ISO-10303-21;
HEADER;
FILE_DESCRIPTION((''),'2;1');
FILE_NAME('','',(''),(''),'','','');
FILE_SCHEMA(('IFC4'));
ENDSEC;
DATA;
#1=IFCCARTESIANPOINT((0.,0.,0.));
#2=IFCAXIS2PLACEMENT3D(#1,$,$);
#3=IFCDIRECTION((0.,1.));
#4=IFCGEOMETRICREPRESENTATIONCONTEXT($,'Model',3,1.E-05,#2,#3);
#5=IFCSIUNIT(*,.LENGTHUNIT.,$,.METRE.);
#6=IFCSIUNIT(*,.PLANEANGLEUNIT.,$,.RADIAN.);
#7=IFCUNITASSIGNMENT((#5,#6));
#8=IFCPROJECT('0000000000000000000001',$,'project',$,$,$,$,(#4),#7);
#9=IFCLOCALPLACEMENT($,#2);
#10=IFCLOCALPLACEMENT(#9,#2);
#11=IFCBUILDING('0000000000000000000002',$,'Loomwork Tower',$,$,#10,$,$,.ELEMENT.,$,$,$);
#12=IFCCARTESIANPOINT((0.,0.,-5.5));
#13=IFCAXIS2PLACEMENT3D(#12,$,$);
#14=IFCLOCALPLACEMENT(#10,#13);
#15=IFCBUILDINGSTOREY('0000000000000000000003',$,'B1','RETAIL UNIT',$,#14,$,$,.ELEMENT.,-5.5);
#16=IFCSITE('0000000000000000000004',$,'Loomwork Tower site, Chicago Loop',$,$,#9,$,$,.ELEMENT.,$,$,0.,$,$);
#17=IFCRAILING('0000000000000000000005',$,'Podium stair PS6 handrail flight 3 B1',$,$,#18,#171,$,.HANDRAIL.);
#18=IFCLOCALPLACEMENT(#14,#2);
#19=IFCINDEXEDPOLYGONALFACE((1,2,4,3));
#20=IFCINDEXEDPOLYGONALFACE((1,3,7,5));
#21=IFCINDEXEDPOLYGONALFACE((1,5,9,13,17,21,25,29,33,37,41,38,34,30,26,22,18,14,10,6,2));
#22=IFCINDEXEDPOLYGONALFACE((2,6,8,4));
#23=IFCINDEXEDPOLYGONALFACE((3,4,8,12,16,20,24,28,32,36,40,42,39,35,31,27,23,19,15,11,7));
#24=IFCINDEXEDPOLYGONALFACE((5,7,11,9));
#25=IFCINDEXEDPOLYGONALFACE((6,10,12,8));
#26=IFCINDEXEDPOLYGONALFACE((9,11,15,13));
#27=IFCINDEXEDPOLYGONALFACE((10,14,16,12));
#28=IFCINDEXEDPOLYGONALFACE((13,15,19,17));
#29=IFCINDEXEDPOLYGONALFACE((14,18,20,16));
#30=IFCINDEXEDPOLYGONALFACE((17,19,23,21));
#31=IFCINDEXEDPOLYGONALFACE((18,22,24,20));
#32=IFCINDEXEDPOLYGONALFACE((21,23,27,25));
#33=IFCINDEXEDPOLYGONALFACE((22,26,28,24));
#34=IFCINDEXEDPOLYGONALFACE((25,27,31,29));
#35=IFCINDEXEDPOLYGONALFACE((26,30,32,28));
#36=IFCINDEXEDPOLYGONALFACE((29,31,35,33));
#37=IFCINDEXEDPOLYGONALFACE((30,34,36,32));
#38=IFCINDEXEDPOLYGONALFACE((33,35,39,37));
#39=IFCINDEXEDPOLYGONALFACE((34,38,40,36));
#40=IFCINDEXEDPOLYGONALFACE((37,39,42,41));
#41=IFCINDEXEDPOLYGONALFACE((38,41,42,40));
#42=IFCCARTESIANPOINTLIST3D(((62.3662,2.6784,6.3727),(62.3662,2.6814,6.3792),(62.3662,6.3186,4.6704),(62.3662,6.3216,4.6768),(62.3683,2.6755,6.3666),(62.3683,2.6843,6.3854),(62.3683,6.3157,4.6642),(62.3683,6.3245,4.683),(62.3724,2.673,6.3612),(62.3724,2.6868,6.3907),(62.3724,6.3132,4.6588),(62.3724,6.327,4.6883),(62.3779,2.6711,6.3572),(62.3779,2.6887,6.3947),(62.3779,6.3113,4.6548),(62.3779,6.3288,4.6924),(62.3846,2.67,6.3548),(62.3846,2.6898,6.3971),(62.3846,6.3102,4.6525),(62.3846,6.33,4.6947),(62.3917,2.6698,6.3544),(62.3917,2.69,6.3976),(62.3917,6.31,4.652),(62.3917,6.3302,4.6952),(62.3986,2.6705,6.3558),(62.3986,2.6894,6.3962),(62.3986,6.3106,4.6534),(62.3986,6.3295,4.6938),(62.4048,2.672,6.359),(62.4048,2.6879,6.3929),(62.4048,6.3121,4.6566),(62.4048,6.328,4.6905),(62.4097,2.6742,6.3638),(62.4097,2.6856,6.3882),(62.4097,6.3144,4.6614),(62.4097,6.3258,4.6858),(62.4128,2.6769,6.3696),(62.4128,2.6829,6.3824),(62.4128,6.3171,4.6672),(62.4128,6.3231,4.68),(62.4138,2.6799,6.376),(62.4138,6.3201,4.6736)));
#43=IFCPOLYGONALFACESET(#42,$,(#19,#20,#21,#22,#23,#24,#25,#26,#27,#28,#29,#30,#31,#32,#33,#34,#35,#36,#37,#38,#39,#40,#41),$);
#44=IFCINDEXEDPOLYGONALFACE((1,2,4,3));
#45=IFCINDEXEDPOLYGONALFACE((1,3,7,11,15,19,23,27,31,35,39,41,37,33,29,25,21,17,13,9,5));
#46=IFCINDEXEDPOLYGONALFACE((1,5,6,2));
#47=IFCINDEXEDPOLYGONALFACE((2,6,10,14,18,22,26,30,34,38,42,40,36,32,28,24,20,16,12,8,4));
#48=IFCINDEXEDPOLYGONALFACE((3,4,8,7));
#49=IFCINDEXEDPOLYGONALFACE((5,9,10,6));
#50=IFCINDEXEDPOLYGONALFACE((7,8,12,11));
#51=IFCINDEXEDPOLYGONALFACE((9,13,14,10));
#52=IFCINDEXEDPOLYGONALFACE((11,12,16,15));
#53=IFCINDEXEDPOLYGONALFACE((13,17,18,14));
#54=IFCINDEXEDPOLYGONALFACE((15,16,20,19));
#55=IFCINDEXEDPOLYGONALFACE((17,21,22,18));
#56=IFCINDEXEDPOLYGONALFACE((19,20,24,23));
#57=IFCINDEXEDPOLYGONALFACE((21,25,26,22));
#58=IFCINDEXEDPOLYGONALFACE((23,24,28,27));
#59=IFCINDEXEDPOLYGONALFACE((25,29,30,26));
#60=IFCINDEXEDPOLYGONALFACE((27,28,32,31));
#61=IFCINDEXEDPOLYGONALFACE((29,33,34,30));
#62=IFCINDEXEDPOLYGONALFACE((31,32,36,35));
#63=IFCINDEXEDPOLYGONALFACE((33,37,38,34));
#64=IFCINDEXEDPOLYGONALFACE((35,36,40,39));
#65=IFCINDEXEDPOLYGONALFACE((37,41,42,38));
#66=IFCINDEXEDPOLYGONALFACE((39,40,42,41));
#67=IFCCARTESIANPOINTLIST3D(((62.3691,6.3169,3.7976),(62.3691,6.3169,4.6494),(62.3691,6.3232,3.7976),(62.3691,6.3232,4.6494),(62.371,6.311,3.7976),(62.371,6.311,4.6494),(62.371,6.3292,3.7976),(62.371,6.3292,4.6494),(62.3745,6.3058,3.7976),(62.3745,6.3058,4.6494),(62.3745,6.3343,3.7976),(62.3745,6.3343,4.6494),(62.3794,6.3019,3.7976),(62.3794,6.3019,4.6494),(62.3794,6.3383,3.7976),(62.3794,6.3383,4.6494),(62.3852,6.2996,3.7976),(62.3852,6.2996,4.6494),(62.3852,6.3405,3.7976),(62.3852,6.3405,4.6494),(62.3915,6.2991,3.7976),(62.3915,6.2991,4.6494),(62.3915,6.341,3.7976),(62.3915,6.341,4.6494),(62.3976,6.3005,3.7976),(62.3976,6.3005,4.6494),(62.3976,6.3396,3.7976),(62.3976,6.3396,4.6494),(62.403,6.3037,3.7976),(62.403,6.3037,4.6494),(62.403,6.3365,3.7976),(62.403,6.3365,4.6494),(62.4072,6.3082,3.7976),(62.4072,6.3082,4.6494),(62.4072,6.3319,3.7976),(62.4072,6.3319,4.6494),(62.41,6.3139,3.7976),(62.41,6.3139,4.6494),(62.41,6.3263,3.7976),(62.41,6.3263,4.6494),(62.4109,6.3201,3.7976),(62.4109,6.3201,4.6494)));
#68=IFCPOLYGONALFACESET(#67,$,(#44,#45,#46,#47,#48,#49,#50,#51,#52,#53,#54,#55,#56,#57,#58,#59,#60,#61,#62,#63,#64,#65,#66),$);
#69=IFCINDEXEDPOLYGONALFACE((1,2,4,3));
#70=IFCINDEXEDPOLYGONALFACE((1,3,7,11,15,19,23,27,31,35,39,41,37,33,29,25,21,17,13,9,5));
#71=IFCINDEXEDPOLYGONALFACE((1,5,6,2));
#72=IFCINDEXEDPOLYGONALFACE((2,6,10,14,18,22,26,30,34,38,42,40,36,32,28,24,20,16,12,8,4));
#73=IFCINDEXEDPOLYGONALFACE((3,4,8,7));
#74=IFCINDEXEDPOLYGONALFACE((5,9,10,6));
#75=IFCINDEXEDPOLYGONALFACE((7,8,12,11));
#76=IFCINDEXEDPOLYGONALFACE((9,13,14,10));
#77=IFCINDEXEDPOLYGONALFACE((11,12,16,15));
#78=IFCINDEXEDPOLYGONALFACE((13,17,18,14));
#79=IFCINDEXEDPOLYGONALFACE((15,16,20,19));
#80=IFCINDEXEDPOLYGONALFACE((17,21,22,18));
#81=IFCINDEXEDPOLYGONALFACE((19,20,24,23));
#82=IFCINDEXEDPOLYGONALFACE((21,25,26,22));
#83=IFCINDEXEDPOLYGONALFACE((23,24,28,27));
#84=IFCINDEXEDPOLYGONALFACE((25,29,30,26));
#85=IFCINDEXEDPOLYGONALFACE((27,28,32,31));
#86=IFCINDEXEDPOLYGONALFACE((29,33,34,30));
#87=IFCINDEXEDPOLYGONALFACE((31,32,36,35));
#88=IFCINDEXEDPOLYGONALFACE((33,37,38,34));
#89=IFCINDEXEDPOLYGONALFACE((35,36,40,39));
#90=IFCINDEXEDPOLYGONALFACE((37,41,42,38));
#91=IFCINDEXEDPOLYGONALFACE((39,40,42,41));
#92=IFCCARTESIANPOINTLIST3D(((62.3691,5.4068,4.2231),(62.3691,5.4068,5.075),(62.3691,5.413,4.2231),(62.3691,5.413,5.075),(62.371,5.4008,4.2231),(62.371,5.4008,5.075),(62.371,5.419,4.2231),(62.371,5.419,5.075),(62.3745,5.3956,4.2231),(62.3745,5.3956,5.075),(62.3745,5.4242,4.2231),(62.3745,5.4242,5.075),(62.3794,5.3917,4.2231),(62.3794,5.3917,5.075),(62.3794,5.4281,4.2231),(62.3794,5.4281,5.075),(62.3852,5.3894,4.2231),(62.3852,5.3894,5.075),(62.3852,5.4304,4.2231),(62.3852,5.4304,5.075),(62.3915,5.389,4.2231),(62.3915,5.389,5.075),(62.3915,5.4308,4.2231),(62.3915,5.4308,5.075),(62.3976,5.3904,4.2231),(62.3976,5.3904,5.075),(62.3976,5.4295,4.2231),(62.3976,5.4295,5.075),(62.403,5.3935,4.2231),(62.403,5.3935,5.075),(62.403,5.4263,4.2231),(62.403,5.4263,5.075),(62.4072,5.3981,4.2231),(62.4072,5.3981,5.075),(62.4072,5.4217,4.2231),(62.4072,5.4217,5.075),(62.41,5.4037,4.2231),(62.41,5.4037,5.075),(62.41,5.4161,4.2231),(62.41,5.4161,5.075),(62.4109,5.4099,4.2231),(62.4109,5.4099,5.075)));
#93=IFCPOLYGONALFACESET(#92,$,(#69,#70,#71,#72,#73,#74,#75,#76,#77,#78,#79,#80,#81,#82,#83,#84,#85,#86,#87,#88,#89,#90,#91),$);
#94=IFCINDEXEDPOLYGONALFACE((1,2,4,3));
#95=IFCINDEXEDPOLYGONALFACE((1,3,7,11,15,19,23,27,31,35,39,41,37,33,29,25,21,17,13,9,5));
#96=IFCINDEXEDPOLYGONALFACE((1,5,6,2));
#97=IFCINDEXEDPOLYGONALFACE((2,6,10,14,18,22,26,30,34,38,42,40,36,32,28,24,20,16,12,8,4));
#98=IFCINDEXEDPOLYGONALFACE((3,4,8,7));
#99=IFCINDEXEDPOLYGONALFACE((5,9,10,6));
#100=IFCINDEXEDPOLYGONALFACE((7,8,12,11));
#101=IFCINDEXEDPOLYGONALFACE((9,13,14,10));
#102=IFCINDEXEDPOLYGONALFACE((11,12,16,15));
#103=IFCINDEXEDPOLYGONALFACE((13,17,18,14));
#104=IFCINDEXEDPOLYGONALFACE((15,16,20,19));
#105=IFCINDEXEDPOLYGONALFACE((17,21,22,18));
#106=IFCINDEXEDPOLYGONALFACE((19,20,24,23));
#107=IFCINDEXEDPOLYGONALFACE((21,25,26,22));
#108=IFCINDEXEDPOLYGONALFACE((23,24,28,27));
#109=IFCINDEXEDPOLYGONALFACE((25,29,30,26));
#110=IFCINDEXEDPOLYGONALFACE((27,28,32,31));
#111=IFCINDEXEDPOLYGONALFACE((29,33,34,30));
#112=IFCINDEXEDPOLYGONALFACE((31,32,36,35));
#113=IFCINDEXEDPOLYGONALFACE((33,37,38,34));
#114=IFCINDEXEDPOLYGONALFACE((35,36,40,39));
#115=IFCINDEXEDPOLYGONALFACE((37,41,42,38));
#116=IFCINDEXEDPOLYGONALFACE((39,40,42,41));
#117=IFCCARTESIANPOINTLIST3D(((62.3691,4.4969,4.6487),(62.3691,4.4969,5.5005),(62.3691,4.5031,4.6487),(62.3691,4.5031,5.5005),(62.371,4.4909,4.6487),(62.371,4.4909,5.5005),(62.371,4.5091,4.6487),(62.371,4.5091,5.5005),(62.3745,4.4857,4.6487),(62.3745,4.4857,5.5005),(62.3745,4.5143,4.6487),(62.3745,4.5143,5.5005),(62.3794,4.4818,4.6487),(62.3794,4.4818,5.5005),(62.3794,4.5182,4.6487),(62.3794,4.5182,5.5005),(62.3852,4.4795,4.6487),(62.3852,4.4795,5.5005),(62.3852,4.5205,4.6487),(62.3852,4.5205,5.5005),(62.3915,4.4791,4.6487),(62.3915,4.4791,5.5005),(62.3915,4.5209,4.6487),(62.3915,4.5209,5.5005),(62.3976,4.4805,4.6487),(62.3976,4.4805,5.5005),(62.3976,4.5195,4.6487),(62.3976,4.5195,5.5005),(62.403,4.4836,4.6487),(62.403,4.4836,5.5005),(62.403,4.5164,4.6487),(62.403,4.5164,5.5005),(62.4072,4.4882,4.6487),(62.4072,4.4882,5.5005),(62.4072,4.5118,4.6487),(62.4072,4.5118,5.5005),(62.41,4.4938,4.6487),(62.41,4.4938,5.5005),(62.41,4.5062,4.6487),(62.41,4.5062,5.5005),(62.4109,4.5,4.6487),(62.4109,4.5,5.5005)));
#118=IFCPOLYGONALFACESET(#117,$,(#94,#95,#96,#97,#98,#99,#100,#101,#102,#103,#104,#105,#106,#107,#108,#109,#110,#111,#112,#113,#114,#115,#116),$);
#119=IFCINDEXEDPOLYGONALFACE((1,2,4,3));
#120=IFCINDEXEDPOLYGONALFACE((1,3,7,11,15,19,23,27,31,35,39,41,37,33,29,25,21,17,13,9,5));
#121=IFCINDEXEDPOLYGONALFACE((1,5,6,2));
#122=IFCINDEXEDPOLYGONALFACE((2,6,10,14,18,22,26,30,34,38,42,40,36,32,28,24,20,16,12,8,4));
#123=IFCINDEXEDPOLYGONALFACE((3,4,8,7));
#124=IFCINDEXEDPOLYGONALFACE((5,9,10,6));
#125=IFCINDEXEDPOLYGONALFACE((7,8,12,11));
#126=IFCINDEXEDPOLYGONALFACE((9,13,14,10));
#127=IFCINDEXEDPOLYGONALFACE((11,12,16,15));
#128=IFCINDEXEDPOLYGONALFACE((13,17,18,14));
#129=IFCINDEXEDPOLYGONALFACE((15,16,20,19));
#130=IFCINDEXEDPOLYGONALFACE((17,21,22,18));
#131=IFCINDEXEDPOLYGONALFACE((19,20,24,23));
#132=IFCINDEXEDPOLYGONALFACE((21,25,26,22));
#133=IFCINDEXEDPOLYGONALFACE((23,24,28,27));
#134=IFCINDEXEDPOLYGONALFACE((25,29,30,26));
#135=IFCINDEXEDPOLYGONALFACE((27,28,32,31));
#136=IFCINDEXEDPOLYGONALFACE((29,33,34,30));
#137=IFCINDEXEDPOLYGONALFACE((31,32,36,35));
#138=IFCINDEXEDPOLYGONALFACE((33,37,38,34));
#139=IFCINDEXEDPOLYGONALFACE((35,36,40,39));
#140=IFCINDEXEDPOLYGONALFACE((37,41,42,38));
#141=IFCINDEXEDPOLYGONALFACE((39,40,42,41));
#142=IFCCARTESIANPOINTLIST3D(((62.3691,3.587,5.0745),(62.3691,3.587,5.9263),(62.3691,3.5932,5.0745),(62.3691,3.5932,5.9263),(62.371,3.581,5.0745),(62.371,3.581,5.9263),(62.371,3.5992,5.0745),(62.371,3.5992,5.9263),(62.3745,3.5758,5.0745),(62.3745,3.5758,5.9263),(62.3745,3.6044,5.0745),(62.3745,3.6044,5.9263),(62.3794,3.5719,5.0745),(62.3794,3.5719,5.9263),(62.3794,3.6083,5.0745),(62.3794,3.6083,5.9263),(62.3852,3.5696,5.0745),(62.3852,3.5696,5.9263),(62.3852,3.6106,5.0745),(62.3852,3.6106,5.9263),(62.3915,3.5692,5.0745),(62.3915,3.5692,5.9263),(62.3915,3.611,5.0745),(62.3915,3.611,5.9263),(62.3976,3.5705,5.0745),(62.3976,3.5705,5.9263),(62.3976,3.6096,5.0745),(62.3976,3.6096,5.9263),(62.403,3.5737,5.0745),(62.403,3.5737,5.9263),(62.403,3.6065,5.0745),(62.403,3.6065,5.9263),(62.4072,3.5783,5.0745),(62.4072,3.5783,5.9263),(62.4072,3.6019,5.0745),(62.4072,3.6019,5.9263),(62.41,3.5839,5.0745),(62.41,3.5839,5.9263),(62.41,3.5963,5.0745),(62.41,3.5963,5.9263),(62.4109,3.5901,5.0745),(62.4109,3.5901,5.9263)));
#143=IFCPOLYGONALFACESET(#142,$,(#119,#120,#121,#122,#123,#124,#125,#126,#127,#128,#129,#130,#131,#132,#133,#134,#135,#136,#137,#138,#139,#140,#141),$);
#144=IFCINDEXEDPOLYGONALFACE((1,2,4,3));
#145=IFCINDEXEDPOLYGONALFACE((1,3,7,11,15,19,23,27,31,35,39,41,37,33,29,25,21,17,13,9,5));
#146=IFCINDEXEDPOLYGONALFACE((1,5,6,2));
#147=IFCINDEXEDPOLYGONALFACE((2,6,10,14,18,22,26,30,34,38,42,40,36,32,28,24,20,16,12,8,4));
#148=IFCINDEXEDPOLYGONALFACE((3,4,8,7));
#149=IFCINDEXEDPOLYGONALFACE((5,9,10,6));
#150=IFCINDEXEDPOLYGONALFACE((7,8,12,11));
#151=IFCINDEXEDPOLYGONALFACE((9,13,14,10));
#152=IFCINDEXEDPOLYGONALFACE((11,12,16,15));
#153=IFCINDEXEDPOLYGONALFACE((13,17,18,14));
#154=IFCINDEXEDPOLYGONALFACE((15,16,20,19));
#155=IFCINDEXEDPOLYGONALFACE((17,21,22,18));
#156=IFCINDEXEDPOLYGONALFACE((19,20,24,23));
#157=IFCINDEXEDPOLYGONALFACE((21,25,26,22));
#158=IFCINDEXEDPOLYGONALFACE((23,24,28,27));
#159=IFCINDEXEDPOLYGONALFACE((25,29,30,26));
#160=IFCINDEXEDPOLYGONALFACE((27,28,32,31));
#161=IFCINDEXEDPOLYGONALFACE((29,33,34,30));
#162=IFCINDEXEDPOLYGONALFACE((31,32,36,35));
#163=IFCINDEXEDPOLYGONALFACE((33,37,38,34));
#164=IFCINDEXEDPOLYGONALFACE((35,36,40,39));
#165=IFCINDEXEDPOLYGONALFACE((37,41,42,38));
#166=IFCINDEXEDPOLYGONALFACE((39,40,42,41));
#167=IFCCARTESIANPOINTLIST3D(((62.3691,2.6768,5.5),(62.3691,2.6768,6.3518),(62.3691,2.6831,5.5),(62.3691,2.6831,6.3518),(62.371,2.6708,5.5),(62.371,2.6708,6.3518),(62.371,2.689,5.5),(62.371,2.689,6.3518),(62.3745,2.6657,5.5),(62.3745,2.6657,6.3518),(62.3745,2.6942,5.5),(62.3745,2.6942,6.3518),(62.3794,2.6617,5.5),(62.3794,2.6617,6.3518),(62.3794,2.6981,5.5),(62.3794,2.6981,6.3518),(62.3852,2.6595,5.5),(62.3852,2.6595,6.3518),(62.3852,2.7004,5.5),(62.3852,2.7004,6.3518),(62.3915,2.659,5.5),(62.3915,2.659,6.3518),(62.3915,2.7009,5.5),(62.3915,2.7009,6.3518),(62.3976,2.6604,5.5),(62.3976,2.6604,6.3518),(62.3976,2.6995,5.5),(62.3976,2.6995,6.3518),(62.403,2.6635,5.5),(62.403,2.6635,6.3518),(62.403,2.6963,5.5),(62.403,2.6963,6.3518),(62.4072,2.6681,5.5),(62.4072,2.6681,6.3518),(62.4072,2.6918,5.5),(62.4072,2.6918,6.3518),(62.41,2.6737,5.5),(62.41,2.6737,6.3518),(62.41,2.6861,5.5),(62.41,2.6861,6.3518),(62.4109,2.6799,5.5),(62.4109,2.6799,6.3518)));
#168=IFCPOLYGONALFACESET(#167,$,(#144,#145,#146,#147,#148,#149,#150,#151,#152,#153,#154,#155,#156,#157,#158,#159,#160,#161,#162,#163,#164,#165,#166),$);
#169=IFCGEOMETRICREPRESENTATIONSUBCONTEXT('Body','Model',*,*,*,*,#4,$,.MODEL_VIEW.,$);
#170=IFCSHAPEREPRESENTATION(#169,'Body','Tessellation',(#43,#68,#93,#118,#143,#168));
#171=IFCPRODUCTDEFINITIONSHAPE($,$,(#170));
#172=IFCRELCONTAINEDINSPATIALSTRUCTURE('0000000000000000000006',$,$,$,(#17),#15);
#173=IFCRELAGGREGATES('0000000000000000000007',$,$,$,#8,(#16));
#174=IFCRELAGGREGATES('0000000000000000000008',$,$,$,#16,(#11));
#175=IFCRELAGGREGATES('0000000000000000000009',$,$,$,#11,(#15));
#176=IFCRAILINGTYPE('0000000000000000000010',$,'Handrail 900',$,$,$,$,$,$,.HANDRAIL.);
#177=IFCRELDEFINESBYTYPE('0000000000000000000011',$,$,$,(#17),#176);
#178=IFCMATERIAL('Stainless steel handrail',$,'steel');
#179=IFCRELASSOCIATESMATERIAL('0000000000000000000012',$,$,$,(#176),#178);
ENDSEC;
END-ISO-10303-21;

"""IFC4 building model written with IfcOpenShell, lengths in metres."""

from ifc_helpers import new_model, si_unit, direction, frame, origin, origin_2d, place, context, subcontext, project, spatial, circle, extrude, material, type_object, element, save


model = new_model("IFC4")

# Units and contexts
model_context = context("Model", 3, precision=1e-05, world=origin(), true_north=direction((0.0, 1.0)))
body_context = subcontext(model_context, "Body", "Model", "MODEL_VIEW")
ifc_project = project(units=[si_unit("LENGTHUNIT", "METRE"), si_unit("PLANEANGLEUNIT", "RADIAN")], contexts=[model_context])

# Site, building, storey
site_placement = place(None, origin())
site = spatial("IfcSite", under=ifc_project, at=site_placement, Name="Loomwork Tower site, Chicago Loop", CompositionType="ELEMENT", RefElevation=0.0)
building_placement = place(site_placement, origin())
building = spatial("IfcBuilding", under=site, at=building_placement, Name="Loomwork Tower", CompositionType="ELEMENT")
storey_placement = place(building_placement, frame((0.0, 0.0, -5.5)))
storey = spatial("IfcBuildingStorey", under=building, at=storey_placement, Name="B1", Description="RETAIL UNIT", CompositionType="ELEMENT", Elevation=-5.5)

# Railing
ifc_material_1 = material(Name="Stainless steel handrail", Category="steel")
railing_type = type_object("IfcRailingType", Name="Handrail 900", PredefinedType="HANDRAIL", material=ifc_material_1)
railing_1_placement = place(storey_placement, frame((62.3899, 6.3201, 3.7976)))
element("IfcRailing", 1, at=railing_1_placement, inside=storey, type_object=railing_type, Name="Podium stair PS6 handrail flight 3 B1", PredefinedType="HANDRAIL", context=body_context, shape_type="SweptSolid", body=[
    extrude(circle(Radius=0.0239, at=origin_2d()), frame((0.0, 0.0, 0.876), z_axis=(0.0, -0.905834, 0.423634), x_axis=(1.0, 0.0, 0.0)), (0.0, 0.0, 1.0), 4.0186),
    extrude(circle(Radius=0.021, at=origin_2d()), origin(), (0.0, 0.0, 1.0), 0.8518),
    extrude(circle(Radius=0.021, at=origin_2d()), frame((0.0, -0.9102, 0.4255)), (0.0, 0.0, 1.0), 0.8518),
    extrude(circle(Radius=0.021, at=origin_2d()), frame((0.0, -1.8201, 0.8511)), (0.0, 0.0, 1.0), 0.8518),
    extrude(circle(Radius=0.021, at=origin_2d()), frame((0.0, -2.73, 1.2769)), (0.0, 0.0, 1.0), 0.8518),
    extrude(circle(Radius=0.021, at=origin_2d()), frame((0.0, -3.6401, 1.7024)), (0.0, 0.0, 1.0), 0.8518),
])

save(model, "model.ifc")
